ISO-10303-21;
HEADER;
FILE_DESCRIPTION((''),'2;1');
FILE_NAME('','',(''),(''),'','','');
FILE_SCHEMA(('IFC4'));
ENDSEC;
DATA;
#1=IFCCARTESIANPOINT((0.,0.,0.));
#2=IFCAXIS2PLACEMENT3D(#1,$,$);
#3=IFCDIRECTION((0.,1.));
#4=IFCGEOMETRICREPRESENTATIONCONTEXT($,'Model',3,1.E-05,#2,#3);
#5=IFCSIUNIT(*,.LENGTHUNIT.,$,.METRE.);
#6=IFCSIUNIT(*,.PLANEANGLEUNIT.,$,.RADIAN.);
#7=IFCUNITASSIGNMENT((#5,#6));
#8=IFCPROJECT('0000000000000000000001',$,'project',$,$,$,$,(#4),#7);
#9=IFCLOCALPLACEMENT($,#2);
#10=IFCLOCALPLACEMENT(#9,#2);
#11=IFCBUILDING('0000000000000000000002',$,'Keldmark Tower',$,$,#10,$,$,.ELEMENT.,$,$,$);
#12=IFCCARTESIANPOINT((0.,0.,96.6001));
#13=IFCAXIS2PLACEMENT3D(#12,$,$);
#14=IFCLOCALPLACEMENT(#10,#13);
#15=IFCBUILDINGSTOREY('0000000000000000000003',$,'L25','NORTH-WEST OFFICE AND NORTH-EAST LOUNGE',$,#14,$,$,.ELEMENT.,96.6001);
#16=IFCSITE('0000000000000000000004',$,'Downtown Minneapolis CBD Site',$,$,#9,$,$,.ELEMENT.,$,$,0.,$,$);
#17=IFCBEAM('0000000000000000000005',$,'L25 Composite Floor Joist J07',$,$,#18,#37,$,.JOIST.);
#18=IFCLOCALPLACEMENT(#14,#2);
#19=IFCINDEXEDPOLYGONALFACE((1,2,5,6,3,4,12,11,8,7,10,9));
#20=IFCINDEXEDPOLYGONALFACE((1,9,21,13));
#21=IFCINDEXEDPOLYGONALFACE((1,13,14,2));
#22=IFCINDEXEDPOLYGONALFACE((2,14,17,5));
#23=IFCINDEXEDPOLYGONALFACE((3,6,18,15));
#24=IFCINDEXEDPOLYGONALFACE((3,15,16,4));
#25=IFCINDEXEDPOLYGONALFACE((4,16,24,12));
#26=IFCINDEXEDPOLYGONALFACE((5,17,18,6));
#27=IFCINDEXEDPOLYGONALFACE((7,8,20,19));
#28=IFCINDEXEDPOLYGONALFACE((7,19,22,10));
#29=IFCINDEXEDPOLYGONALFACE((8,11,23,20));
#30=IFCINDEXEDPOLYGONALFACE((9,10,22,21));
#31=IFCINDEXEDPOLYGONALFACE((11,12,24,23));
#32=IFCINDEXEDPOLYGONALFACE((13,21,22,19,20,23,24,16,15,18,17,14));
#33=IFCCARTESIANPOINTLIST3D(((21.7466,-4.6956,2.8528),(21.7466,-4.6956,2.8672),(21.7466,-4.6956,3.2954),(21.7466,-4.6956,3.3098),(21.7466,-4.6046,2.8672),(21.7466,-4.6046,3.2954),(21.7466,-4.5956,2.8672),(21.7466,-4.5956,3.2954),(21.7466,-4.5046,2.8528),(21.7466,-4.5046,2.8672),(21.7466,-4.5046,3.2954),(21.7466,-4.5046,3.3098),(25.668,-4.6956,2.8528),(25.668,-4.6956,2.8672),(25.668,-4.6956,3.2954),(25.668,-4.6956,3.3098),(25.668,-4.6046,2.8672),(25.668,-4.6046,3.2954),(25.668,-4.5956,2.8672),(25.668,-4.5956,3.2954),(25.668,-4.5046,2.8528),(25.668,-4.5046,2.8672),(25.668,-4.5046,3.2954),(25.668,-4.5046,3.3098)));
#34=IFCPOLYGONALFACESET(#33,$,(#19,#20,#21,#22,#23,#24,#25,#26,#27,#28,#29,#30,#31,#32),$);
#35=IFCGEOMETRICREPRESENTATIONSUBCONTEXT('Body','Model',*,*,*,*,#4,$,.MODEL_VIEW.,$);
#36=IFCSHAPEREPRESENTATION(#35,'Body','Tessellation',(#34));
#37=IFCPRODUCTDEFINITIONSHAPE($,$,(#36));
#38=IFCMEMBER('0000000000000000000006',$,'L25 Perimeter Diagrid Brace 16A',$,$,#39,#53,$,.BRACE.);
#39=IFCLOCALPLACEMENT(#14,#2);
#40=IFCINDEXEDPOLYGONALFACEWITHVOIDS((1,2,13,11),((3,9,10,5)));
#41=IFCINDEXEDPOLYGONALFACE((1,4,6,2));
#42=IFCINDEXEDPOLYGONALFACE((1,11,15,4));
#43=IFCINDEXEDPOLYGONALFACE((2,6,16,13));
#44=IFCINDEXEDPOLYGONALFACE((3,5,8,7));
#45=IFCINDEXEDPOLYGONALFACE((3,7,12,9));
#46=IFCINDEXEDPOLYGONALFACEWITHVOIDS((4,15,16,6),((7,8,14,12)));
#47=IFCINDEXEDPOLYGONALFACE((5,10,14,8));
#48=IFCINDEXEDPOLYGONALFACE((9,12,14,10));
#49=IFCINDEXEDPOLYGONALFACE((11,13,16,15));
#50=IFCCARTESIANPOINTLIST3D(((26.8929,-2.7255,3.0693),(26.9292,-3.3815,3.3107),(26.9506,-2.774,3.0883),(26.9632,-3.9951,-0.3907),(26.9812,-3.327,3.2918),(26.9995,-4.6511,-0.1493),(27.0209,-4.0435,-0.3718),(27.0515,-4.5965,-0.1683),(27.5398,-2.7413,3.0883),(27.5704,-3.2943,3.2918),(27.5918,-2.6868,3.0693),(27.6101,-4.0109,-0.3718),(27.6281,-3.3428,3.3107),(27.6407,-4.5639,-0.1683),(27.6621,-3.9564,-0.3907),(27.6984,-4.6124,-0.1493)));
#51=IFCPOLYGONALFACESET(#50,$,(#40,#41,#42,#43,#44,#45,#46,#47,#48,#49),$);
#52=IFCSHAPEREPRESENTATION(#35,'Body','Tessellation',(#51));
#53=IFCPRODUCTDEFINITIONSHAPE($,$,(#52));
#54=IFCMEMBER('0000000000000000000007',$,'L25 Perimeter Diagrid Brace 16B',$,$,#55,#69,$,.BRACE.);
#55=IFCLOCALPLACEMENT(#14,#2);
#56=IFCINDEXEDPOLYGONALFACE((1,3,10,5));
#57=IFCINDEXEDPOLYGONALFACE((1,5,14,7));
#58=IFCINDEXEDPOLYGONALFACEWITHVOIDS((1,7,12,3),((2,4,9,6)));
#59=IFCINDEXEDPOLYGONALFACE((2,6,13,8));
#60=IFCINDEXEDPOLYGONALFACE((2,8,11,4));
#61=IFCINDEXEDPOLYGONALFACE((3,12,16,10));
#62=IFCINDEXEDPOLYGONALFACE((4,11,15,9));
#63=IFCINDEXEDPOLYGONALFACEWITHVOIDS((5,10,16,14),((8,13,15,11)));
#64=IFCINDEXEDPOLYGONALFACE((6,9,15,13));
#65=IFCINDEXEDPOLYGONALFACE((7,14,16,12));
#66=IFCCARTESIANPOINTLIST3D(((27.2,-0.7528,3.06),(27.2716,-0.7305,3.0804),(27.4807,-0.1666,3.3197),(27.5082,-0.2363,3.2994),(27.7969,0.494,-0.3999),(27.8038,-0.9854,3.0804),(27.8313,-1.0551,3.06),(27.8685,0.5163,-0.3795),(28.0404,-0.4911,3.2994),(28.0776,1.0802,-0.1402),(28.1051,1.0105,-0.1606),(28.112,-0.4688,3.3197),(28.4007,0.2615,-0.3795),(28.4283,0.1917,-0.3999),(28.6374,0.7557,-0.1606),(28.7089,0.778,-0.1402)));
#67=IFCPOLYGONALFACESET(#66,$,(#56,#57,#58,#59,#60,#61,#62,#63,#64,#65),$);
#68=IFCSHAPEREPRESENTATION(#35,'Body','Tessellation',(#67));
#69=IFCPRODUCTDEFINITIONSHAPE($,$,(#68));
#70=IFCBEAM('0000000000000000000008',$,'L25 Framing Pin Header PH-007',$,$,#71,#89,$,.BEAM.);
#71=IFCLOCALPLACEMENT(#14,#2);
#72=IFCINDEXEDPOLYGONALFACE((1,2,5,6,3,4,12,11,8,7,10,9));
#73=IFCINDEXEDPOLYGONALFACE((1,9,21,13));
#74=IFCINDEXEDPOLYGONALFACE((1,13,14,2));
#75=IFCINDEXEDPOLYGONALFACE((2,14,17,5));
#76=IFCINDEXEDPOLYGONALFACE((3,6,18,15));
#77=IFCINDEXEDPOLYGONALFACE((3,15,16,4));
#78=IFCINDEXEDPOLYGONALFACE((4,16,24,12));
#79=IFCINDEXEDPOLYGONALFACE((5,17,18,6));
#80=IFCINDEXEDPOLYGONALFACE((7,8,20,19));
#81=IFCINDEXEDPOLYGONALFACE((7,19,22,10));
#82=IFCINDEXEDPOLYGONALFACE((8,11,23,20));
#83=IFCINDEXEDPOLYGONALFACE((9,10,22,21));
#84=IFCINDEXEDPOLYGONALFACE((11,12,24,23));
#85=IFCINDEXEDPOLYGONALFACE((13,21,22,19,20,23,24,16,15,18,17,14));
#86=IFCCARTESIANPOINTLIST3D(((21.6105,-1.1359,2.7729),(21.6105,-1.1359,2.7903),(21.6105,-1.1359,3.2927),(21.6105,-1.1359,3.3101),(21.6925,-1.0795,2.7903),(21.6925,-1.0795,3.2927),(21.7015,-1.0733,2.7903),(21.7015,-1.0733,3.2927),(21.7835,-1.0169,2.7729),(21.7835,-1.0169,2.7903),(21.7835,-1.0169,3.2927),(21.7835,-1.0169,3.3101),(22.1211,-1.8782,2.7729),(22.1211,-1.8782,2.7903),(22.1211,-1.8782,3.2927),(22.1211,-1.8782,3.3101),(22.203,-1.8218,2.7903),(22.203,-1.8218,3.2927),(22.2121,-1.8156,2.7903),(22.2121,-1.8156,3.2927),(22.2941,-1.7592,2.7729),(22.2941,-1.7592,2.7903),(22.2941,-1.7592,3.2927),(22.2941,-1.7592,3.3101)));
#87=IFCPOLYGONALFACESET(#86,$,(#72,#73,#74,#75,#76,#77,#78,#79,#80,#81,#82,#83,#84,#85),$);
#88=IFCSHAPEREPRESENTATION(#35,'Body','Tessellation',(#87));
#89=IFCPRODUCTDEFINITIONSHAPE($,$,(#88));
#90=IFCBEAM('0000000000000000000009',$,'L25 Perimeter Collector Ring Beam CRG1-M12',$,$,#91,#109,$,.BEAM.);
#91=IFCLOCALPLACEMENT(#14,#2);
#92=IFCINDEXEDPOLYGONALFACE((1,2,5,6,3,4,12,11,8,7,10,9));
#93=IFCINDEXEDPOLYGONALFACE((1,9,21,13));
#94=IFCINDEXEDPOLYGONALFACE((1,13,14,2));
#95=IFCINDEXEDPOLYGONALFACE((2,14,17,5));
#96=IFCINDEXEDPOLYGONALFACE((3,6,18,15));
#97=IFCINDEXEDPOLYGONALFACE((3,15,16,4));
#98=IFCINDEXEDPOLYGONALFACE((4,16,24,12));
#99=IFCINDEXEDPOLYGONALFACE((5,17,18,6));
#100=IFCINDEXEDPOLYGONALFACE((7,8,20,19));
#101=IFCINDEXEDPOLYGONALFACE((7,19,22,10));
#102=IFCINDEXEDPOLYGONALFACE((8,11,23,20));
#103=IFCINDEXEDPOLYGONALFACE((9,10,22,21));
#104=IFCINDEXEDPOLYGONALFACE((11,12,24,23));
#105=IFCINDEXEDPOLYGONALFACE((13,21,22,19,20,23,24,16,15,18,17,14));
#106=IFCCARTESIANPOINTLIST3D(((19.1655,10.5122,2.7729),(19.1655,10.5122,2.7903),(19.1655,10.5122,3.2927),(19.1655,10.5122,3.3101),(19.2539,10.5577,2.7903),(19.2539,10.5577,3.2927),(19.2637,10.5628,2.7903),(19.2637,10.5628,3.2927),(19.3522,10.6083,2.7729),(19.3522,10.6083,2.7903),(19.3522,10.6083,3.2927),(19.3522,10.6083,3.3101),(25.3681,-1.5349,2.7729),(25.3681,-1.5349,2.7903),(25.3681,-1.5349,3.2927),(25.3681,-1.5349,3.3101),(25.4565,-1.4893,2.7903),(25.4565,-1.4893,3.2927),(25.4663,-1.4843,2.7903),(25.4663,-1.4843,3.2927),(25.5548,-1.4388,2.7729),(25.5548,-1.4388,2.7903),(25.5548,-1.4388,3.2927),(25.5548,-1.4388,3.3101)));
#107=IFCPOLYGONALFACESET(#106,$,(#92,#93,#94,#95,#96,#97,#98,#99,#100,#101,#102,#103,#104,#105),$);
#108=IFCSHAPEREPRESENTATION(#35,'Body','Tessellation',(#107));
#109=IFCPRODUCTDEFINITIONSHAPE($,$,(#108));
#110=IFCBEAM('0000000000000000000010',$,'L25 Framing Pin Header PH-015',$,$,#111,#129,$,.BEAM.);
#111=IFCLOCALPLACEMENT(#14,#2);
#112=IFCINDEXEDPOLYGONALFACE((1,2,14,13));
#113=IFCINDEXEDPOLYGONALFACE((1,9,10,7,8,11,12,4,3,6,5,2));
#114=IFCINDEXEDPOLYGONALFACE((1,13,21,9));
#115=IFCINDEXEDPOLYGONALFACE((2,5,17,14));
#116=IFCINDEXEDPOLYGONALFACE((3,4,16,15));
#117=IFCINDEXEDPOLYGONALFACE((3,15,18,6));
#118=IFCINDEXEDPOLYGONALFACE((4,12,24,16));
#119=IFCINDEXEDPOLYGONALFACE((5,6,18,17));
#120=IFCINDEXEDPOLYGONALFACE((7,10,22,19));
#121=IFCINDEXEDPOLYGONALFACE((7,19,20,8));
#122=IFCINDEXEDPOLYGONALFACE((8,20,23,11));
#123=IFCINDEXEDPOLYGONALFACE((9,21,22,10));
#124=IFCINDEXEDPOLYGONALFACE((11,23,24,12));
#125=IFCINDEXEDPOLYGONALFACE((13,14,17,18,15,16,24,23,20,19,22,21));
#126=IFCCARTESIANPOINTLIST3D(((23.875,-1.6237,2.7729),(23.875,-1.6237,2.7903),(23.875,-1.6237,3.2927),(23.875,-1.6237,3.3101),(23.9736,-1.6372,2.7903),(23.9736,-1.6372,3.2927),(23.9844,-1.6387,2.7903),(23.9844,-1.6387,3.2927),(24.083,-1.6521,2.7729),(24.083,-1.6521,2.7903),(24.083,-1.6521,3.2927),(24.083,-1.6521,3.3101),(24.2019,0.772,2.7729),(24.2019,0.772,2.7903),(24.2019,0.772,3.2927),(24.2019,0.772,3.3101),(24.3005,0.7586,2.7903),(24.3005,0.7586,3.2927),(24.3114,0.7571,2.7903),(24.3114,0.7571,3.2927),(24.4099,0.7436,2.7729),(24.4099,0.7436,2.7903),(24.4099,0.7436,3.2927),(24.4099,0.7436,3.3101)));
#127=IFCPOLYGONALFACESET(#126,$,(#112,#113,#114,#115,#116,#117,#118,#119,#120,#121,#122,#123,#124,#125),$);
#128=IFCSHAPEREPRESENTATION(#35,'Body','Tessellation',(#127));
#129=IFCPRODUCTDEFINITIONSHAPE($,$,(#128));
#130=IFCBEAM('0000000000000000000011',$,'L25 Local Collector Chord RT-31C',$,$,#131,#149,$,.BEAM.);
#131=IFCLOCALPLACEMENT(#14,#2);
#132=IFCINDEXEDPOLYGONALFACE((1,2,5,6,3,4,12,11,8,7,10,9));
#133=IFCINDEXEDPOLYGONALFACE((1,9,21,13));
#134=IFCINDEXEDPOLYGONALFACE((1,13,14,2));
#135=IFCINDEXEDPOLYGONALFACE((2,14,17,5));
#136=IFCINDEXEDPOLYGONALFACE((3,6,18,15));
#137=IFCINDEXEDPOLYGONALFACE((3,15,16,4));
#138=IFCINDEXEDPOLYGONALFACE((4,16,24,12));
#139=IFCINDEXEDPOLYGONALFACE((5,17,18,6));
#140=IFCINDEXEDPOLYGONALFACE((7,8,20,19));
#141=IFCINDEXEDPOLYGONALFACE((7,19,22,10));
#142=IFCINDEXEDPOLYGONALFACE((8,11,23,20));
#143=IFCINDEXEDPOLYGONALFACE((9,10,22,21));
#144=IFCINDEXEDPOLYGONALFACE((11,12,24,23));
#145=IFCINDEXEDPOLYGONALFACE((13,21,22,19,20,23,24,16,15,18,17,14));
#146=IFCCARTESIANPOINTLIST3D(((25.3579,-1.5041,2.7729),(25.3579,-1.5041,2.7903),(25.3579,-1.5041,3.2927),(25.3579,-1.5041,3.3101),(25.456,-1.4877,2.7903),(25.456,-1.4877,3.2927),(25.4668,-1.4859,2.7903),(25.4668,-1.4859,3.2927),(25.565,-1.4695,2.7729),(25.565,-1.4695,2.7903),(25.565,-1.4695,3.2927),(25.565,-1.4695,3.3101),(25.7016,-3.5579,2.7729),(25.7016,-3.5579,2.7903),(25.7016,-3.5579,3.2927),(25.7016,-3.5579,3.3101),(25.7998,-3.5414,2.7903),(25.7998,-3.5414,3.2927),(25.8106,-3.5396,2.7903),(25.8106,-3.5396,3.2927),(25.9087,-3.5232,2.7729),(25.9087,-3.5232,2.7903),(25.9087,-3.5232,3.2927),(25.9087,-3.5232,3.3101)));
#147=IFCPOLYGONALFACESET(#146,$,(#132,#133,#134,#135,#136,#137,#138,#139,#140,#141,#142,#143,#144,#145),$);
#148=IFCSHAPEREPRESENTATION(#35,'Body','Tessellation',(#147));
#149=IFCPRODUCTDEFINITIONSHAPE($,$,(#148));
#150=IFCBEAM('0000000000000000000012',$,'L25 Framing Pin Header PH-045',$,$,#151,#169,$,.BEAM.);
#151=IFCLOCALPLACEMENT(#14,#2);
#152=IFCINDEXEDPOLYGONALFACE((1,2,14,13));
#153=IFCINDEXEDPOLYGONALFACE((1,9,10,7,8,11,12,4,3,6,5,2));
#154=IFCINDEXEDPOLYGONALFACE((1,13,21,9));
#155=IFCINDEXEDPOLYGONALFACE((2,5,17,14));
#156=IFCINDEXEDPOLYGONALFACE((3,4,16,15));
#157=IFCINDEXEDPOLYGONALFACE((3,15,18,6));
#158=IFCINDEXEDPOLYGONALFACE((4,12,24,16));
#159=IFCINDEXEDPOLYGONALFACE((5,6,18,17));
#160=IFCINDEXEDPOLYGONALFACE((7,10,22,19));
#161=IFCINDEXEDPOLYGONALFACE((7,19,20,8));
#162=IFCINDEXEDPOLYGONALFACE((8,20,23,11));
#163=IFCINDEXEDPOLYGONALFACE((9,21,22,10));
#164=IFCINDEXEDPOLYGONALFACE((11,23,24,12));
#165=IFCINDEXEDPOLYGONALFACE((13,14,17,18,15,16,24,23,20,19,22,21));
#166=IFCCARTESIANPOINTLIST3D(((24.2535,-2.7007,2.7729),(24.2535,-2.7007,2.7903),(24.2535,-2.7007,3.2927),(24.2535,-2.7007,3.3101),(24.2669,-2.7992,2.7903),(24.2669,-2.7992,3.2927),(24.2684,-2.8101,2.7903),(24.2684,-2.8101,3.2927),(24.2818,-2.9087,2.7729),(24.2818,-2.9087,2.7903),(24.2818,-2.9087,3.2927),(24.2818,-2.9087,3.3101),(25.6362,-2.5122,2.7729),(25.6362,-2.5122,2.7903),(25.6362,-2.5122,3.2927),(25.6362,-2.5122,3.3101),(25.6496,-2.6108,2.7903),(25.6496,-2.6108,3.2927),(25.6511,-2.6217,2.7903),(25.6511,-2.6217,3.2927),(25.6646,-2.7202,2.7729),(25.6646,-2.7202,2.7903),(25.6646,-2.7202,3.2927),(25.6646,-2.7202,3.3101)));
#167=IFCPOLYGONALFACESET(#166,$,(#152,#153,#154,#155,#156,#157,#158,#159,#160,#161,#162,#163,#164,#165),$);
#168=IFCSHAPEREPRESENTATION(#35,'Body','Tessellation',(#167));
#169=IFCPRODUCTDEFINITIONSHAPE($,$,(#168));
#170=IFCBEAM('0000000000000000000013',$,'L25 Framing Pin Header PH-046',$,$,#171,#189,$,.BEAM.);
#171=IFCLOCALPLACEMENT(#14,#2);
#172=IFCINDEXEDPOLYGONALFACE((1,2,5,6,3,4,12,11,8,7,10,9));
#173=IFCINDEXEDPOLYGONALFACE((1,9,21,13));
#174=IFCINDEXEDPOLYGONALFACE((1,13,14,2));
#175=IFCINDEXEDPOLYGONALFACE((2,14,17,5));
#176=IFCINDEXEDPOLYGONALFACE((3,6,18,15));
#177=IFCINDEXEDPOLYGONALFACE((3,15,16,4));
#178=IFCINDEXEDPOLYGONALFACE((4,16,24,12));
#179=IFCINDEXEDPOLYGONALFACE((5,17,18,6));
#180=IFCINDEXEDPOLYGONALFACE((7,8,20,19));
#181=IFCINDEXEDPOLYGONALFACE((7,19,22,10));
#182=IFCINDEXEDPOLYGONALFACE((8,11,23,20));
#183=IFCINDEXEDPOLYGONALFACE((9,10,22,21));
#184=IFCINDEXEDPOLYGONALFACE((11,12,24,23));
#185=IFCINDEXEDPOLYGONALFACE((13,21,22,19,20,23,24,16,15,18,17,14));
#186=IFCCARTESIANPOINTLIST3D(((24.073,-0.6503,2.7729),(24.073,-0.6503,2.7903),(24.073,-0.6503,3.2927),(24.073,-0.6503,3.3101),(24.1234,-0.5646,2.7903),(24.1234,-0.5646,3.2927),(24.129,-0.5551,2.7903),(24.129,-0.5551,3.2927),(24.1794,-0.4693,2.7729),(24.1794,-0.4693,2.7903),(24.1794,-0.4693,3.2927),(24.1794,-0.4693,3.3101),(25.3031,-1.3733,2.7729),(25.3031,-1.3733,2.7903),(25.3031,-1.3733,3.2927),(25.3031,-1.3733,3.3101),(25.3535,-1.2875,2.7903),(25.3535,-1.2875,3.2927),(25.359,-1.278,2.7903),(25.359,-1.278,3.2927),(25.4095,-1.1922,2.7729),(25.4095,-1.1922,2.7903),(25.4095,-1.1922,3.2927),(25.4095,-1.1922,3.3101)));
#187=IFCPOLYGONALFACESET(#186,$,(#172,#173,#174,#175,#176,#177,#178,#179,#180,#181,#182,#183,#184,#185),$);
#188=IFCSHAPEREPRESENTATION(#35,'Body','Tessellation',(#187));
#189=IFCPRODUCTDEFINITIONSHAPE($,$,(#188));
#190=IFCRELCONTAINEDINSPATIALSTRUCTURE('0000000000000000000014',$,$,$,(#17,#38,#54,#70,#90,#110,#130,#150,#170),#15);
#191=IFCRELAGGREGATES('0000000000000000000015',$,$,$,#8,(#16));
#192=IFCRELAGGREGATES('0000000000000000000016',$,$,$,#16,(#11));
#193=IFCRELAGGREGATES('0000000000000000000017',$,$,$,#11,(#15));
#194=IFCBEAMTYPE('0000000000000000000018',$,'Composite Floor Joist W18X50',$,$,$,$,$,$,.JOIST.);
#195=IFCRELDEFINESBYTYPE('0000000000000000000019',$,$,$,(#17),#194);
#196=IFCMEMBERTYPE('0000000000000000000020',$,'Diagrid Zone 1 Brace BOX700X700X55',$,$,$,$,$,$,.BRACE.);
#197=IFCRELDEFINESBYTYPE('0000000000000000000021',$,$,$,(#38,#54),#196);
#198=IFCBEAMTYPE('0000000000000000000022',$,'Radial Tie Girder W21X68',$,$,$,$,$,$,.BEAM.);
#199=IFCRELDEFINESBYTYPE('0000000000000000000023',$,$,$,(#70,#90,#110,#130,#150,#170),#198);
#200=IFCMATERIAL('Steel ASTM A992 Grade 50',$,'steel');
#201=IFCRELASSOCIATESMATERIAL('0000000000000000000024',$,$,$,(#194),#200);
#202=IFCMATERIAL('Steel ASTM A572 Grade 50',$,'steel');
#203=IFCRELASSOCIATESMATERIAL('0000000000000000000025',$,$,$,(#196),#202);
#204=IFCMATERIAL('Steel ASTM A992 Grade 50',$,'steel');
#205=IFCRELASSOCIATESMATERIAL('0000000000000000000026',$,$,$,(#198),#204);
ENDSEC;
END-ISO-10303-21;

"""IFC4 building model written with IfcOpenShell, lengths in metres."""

from ifc_helpers import new_model, si_unit, direction, frame, origin, origin_2d, place, context, subcontext, project, spatial, hollow_rectangle, i_section, extrude, material, material_profile, profile_set, type_object, element, save


model = new_model("IFC4")

# Units and contexts
model_context = context("Model", 3, precision=1e-05, world=origin(), true_north=direction((0.0, 1.0)))
body_context = subcontext(model_context, "Body", "Model", "MODEL_VIEW")
ifc_project = project(units=[si_unit("LENGTHUNIT", "METRE"), si_unit("PLANEANGLEUNIT", "RADIAN")], contexts=[model_context])

# Site, building, storey
site_placement = place(None, origin())
site = spatial("IfcSite", under=ifc_project, at=site_placement, Name="Downtown Minneapolis CBD Site", CompositionType="ELEMENT", RefElevation=0.0)
building_placement = place(site_placement, origin())
building = spatial("IfcBuilding", under=site, at=building_placement, Name="Keldmark Tower", CompositionType="ELEMENT")
storey_placement = place(building_placement, frame((0.0, 0.0, 96.6001)))
storey = spatial("IfcBuildingStorey", under=building, at=storey_placement, Name="L25", Description="NORTH-WEST OFFICE AND NORTH-EAST LOUNGE", CompositionType="ELEMENT", Elevation=96.6001)

# Beam
ifc_material_1 = material(Name="Steel ASTM A992 Grade 50", Category="steel")
ifc_material_profile_1 = material_profile(ifc_material_1, i_section(OverallWidth=0.1909, OverallDepth=0.457, WebThickness=0.009, FlangeThickness=0.0144, at=origin_2d()), Name="W18X50")
ifc_profile_set_1 = profile_set([ifc_material_profile_1], Name="Steel ASTM A992 Grade 50")
beam_type_1 = type_object("IfcBeamType", Name="Composite Floor Joist W18X50", PredefinedType="JOIST", material=ifc_profile_set_1)
beam_1_placement = place(storey_placement, frame((21.7466, -4.6001, 3.0813), z_axis=(1.0, 0.0, 0.0), x_axis=(0.0, 1.0, 0.0)))
element("IfcBeam", 1, at=beam_1_placement, inside=storey, type_object=beam_type_1, Name="L25 Composite Floor Joist J07", PredefinedType="JOIST", context=body_context, shape_type="SweptSolid", body=[
    extrude(i_section(OverallWidth=0.1909, OverallDepth=0.457, WebThickness=0.009, FlangeThickness=0.0144, at=origin_2d()), origin(), (0.0, 0.0, 1.0), 3.9214),
])

# Members
ifc_material_2 = material(Name="Steel ASTM A572 Grade 50", Category="steel")
ifc_material_profile_2 = material_profile(ifc_material_2, hollow_rectangle(XDim=0.7, YDim=0.7, WallThickness=0.0549, at=origin_2d()), Name="BOX700X700X55")
ifc_profile_set_2 = profile_set([ifc_material_profile_2], Name="Steel ASTM A572 Grade 50")
member_type = type_object("IfcMemberType", Name="Diagrid Zone 1 Brace BOX700X700X55", PredefinedType="BRACE", material=ifc_profile_set_2)
member_1_placement = place(storey_placement, frame((27.3308, -4.3037, -0.27), z_axis=(-0.019075, 0.344402, 0.938628), x_axis=(-0.99847, -0.0553, 0.0)))
element("IfcMember", 2, at=member_1_placement, inside=storey, type_object=member_type, Name="L25 Perimeter Diagrid Brace 16A", PredefinedType="BRACE", context=body_context, shape_type="SweptSolid", body=[
    extrude(hollow_rectangle(XDim=0.7, YDim=0.7, WallThickness=0.0549, at=origin_2d()), origin(), (0.0, 0.0, 1.0), 3.6863),
])
member_2_placement = place(storey_placement, frame((28.2529, 0.636, -0.27), z_axis=(-0.16021, -0.334639, 0.928628), x_axis=(0.901961, -0.431818, 0.0)))
element("IfcMember", 3, at=member_2_placement, inside=storey, type_object=member_type, Name="L25 Perimeter Diagrid Brace 16B", PredefinedType="BRACE", context=body_context, shape_type="SweptSolid", body=[
    extrude(hollow_rectangle(XDim=0.7, YDim=0.7, WallThickness=0.0549, at=origin_2d()), origin(), (0.0, 0.0, 1.0), 3.7258),
])

# Beams
ifc_material_3 = material(Name="Steel ASTM A992 Grade 50", Category="steel")
ifc_material_profile_3 = material_profile(ifc_material_3, i_section(OverallWidth=0.21, OverallDepth=0.5371, WebThickness=0.011, FlangeThickness=0.0173, at=origin_2d()), Name="W21X68")
ifc_profile_set_3 = profile_set([ifc_material_profile_3], Name="Steel ASTM A992 Grade 50")
beam_type_2 = type_object("IfcBeamType", Name="Radial Tie Girder W21X68", PredefinedType="BEAM", material=ifc_profile_set_3)
beam_2_placement = place(storey_placement, frame((21.697, -1.0764, 3.0415), z_axis=(0.566713, -0.823915, 0.0), x_axis=(0.823915, 0.566713, 0.0)))
element("IfcBeam", 4, at=beam_2_placement, inside=storey, type_object=beam_type_2, Name="L25 Framing Pin Header PH-007", PredefinedType="BEAM", context=body_context, shape_type="SweptSolid", body=[
    extrude(i_section(OverallWidth=0.21, OverallDepth=0.5371, WebThickness=0.011, FlangeThickness=0.0173, at=origin_2d()), origin(), (0.0, 0.0, 1.0), 0.9009),
])
beam_3_placement = place(storey_placement, frame((25.4614, -1.4868, 3.0415), z_axis=(-0.457755, 0.889078, 0.0), x_axis=(-0.889078, -0.457755, 0.0)))
element("IfcBeam", 5, at=beam_3_placement, inside=storey, type_object=beam_type_2, Name="L25 Perimeter Collector Ring Beam CRG1-M12", PredefinedType="BEAM", context=body_context, shape_type="SweptSolid", body=[
    extrude(i_section(OverallWidth=0.21, OverallDepth=0.5371, WebThickness=0.011, FlangeThickness=0.0173, at=origin_2d()), origin(), (0.0, 0.0, 1.0), 13.55),
])
beam_4_placement = place(storey_placement, frame((23.979, -1.6379, 3.0415), z_axis=(0.135199, 0.990818, 0.0), x_axis=(-0.990818, 0.135199, 0.0)))
element("IfcBeam", 6, at=beam_4_placement, inside=storey, type_object=beam_type_2, Name="L25 Framing Pin Header PH-015", PredefinedType="BEAM", context=body_context, shape_type="SweptSolid", body=[
    extrude(i_section(OverallWidth=0.21, OverallDepth=0.5371, WebThickness=0.011, FlangeThickness=0.0173, at=origin_2d()), origin(), (0.0, 0.0, 1.0), 2.418),
])
beam_5_placement = place(storey_placement, frame((25.4614, -1.4868, 3.0415), z_axis=(0.165083, -0.98628, 0.0), x_axis=(0.98628, 0.165083, 0.0)))
element("IfcBeam", 7, at=beam_5_placement, inside=storey, type_object=beam_type_2, Name="L25 Local Collector Chord RT-31C", PredefinedType="BEAM", context=body_context, shape_type="SweptSolid", body=[
    extrude(i_section(OverallWidth=0.21, OverallDepth=0.5371, WebThickness=0.011, FlangeThickness=0.0173, at=origin_2d()), origin(), (0.0, 0.0, 1.0), 2.0823),
])
beam_6_placement = place(storey_placement, frame((25.6504, -2.6162, 3.0415), z_axis=(-0.990839, -0.135051, 0.0), x_axis=(0.135051, -0.990839, 0.0)))
element("IfcBeam", 8, at=beam_6_placement, inside=storey, type_object=beam_type_2, Name="L25 Framing Pin Header PH-045", PredefinedType="BEAM", context=body_context, shape_type="SweptSolid", body=[
    extrude(i_section(OverallWidth=0.21, OverallDepth=0.5371, WebThickness=0.011, FlangeThickness=0.0173, at=origin_2d()), origin(), (0.0, 0.0, 1.0), 1.3955),
])
beam_7_placement = place(storey_placement, frame((24.1262, -0.5598, 3.0415), z_axis=(0.862123, -0.506699, 0.0), x_axis=(0.506699, 0.862123, 0.0)))
element("IfcBeam", 9, at=beam_7_placement, inside=storey, type_object=beam_type_2, Name="L25 Framing Pin Header PH-046", PredefinedType="BEAM", context=body_context, shape_type="SweptSolid", body=[
    extrude(i_section(OverallWidth=0.21, OverallDepth=0.5371, WebThickness=0.011, FlangeThickness=0.0173, at=origin_2d()), origin(), (0.0, 0.0, 1.0), 1.4268),
])

save(model, "model.ifc")
